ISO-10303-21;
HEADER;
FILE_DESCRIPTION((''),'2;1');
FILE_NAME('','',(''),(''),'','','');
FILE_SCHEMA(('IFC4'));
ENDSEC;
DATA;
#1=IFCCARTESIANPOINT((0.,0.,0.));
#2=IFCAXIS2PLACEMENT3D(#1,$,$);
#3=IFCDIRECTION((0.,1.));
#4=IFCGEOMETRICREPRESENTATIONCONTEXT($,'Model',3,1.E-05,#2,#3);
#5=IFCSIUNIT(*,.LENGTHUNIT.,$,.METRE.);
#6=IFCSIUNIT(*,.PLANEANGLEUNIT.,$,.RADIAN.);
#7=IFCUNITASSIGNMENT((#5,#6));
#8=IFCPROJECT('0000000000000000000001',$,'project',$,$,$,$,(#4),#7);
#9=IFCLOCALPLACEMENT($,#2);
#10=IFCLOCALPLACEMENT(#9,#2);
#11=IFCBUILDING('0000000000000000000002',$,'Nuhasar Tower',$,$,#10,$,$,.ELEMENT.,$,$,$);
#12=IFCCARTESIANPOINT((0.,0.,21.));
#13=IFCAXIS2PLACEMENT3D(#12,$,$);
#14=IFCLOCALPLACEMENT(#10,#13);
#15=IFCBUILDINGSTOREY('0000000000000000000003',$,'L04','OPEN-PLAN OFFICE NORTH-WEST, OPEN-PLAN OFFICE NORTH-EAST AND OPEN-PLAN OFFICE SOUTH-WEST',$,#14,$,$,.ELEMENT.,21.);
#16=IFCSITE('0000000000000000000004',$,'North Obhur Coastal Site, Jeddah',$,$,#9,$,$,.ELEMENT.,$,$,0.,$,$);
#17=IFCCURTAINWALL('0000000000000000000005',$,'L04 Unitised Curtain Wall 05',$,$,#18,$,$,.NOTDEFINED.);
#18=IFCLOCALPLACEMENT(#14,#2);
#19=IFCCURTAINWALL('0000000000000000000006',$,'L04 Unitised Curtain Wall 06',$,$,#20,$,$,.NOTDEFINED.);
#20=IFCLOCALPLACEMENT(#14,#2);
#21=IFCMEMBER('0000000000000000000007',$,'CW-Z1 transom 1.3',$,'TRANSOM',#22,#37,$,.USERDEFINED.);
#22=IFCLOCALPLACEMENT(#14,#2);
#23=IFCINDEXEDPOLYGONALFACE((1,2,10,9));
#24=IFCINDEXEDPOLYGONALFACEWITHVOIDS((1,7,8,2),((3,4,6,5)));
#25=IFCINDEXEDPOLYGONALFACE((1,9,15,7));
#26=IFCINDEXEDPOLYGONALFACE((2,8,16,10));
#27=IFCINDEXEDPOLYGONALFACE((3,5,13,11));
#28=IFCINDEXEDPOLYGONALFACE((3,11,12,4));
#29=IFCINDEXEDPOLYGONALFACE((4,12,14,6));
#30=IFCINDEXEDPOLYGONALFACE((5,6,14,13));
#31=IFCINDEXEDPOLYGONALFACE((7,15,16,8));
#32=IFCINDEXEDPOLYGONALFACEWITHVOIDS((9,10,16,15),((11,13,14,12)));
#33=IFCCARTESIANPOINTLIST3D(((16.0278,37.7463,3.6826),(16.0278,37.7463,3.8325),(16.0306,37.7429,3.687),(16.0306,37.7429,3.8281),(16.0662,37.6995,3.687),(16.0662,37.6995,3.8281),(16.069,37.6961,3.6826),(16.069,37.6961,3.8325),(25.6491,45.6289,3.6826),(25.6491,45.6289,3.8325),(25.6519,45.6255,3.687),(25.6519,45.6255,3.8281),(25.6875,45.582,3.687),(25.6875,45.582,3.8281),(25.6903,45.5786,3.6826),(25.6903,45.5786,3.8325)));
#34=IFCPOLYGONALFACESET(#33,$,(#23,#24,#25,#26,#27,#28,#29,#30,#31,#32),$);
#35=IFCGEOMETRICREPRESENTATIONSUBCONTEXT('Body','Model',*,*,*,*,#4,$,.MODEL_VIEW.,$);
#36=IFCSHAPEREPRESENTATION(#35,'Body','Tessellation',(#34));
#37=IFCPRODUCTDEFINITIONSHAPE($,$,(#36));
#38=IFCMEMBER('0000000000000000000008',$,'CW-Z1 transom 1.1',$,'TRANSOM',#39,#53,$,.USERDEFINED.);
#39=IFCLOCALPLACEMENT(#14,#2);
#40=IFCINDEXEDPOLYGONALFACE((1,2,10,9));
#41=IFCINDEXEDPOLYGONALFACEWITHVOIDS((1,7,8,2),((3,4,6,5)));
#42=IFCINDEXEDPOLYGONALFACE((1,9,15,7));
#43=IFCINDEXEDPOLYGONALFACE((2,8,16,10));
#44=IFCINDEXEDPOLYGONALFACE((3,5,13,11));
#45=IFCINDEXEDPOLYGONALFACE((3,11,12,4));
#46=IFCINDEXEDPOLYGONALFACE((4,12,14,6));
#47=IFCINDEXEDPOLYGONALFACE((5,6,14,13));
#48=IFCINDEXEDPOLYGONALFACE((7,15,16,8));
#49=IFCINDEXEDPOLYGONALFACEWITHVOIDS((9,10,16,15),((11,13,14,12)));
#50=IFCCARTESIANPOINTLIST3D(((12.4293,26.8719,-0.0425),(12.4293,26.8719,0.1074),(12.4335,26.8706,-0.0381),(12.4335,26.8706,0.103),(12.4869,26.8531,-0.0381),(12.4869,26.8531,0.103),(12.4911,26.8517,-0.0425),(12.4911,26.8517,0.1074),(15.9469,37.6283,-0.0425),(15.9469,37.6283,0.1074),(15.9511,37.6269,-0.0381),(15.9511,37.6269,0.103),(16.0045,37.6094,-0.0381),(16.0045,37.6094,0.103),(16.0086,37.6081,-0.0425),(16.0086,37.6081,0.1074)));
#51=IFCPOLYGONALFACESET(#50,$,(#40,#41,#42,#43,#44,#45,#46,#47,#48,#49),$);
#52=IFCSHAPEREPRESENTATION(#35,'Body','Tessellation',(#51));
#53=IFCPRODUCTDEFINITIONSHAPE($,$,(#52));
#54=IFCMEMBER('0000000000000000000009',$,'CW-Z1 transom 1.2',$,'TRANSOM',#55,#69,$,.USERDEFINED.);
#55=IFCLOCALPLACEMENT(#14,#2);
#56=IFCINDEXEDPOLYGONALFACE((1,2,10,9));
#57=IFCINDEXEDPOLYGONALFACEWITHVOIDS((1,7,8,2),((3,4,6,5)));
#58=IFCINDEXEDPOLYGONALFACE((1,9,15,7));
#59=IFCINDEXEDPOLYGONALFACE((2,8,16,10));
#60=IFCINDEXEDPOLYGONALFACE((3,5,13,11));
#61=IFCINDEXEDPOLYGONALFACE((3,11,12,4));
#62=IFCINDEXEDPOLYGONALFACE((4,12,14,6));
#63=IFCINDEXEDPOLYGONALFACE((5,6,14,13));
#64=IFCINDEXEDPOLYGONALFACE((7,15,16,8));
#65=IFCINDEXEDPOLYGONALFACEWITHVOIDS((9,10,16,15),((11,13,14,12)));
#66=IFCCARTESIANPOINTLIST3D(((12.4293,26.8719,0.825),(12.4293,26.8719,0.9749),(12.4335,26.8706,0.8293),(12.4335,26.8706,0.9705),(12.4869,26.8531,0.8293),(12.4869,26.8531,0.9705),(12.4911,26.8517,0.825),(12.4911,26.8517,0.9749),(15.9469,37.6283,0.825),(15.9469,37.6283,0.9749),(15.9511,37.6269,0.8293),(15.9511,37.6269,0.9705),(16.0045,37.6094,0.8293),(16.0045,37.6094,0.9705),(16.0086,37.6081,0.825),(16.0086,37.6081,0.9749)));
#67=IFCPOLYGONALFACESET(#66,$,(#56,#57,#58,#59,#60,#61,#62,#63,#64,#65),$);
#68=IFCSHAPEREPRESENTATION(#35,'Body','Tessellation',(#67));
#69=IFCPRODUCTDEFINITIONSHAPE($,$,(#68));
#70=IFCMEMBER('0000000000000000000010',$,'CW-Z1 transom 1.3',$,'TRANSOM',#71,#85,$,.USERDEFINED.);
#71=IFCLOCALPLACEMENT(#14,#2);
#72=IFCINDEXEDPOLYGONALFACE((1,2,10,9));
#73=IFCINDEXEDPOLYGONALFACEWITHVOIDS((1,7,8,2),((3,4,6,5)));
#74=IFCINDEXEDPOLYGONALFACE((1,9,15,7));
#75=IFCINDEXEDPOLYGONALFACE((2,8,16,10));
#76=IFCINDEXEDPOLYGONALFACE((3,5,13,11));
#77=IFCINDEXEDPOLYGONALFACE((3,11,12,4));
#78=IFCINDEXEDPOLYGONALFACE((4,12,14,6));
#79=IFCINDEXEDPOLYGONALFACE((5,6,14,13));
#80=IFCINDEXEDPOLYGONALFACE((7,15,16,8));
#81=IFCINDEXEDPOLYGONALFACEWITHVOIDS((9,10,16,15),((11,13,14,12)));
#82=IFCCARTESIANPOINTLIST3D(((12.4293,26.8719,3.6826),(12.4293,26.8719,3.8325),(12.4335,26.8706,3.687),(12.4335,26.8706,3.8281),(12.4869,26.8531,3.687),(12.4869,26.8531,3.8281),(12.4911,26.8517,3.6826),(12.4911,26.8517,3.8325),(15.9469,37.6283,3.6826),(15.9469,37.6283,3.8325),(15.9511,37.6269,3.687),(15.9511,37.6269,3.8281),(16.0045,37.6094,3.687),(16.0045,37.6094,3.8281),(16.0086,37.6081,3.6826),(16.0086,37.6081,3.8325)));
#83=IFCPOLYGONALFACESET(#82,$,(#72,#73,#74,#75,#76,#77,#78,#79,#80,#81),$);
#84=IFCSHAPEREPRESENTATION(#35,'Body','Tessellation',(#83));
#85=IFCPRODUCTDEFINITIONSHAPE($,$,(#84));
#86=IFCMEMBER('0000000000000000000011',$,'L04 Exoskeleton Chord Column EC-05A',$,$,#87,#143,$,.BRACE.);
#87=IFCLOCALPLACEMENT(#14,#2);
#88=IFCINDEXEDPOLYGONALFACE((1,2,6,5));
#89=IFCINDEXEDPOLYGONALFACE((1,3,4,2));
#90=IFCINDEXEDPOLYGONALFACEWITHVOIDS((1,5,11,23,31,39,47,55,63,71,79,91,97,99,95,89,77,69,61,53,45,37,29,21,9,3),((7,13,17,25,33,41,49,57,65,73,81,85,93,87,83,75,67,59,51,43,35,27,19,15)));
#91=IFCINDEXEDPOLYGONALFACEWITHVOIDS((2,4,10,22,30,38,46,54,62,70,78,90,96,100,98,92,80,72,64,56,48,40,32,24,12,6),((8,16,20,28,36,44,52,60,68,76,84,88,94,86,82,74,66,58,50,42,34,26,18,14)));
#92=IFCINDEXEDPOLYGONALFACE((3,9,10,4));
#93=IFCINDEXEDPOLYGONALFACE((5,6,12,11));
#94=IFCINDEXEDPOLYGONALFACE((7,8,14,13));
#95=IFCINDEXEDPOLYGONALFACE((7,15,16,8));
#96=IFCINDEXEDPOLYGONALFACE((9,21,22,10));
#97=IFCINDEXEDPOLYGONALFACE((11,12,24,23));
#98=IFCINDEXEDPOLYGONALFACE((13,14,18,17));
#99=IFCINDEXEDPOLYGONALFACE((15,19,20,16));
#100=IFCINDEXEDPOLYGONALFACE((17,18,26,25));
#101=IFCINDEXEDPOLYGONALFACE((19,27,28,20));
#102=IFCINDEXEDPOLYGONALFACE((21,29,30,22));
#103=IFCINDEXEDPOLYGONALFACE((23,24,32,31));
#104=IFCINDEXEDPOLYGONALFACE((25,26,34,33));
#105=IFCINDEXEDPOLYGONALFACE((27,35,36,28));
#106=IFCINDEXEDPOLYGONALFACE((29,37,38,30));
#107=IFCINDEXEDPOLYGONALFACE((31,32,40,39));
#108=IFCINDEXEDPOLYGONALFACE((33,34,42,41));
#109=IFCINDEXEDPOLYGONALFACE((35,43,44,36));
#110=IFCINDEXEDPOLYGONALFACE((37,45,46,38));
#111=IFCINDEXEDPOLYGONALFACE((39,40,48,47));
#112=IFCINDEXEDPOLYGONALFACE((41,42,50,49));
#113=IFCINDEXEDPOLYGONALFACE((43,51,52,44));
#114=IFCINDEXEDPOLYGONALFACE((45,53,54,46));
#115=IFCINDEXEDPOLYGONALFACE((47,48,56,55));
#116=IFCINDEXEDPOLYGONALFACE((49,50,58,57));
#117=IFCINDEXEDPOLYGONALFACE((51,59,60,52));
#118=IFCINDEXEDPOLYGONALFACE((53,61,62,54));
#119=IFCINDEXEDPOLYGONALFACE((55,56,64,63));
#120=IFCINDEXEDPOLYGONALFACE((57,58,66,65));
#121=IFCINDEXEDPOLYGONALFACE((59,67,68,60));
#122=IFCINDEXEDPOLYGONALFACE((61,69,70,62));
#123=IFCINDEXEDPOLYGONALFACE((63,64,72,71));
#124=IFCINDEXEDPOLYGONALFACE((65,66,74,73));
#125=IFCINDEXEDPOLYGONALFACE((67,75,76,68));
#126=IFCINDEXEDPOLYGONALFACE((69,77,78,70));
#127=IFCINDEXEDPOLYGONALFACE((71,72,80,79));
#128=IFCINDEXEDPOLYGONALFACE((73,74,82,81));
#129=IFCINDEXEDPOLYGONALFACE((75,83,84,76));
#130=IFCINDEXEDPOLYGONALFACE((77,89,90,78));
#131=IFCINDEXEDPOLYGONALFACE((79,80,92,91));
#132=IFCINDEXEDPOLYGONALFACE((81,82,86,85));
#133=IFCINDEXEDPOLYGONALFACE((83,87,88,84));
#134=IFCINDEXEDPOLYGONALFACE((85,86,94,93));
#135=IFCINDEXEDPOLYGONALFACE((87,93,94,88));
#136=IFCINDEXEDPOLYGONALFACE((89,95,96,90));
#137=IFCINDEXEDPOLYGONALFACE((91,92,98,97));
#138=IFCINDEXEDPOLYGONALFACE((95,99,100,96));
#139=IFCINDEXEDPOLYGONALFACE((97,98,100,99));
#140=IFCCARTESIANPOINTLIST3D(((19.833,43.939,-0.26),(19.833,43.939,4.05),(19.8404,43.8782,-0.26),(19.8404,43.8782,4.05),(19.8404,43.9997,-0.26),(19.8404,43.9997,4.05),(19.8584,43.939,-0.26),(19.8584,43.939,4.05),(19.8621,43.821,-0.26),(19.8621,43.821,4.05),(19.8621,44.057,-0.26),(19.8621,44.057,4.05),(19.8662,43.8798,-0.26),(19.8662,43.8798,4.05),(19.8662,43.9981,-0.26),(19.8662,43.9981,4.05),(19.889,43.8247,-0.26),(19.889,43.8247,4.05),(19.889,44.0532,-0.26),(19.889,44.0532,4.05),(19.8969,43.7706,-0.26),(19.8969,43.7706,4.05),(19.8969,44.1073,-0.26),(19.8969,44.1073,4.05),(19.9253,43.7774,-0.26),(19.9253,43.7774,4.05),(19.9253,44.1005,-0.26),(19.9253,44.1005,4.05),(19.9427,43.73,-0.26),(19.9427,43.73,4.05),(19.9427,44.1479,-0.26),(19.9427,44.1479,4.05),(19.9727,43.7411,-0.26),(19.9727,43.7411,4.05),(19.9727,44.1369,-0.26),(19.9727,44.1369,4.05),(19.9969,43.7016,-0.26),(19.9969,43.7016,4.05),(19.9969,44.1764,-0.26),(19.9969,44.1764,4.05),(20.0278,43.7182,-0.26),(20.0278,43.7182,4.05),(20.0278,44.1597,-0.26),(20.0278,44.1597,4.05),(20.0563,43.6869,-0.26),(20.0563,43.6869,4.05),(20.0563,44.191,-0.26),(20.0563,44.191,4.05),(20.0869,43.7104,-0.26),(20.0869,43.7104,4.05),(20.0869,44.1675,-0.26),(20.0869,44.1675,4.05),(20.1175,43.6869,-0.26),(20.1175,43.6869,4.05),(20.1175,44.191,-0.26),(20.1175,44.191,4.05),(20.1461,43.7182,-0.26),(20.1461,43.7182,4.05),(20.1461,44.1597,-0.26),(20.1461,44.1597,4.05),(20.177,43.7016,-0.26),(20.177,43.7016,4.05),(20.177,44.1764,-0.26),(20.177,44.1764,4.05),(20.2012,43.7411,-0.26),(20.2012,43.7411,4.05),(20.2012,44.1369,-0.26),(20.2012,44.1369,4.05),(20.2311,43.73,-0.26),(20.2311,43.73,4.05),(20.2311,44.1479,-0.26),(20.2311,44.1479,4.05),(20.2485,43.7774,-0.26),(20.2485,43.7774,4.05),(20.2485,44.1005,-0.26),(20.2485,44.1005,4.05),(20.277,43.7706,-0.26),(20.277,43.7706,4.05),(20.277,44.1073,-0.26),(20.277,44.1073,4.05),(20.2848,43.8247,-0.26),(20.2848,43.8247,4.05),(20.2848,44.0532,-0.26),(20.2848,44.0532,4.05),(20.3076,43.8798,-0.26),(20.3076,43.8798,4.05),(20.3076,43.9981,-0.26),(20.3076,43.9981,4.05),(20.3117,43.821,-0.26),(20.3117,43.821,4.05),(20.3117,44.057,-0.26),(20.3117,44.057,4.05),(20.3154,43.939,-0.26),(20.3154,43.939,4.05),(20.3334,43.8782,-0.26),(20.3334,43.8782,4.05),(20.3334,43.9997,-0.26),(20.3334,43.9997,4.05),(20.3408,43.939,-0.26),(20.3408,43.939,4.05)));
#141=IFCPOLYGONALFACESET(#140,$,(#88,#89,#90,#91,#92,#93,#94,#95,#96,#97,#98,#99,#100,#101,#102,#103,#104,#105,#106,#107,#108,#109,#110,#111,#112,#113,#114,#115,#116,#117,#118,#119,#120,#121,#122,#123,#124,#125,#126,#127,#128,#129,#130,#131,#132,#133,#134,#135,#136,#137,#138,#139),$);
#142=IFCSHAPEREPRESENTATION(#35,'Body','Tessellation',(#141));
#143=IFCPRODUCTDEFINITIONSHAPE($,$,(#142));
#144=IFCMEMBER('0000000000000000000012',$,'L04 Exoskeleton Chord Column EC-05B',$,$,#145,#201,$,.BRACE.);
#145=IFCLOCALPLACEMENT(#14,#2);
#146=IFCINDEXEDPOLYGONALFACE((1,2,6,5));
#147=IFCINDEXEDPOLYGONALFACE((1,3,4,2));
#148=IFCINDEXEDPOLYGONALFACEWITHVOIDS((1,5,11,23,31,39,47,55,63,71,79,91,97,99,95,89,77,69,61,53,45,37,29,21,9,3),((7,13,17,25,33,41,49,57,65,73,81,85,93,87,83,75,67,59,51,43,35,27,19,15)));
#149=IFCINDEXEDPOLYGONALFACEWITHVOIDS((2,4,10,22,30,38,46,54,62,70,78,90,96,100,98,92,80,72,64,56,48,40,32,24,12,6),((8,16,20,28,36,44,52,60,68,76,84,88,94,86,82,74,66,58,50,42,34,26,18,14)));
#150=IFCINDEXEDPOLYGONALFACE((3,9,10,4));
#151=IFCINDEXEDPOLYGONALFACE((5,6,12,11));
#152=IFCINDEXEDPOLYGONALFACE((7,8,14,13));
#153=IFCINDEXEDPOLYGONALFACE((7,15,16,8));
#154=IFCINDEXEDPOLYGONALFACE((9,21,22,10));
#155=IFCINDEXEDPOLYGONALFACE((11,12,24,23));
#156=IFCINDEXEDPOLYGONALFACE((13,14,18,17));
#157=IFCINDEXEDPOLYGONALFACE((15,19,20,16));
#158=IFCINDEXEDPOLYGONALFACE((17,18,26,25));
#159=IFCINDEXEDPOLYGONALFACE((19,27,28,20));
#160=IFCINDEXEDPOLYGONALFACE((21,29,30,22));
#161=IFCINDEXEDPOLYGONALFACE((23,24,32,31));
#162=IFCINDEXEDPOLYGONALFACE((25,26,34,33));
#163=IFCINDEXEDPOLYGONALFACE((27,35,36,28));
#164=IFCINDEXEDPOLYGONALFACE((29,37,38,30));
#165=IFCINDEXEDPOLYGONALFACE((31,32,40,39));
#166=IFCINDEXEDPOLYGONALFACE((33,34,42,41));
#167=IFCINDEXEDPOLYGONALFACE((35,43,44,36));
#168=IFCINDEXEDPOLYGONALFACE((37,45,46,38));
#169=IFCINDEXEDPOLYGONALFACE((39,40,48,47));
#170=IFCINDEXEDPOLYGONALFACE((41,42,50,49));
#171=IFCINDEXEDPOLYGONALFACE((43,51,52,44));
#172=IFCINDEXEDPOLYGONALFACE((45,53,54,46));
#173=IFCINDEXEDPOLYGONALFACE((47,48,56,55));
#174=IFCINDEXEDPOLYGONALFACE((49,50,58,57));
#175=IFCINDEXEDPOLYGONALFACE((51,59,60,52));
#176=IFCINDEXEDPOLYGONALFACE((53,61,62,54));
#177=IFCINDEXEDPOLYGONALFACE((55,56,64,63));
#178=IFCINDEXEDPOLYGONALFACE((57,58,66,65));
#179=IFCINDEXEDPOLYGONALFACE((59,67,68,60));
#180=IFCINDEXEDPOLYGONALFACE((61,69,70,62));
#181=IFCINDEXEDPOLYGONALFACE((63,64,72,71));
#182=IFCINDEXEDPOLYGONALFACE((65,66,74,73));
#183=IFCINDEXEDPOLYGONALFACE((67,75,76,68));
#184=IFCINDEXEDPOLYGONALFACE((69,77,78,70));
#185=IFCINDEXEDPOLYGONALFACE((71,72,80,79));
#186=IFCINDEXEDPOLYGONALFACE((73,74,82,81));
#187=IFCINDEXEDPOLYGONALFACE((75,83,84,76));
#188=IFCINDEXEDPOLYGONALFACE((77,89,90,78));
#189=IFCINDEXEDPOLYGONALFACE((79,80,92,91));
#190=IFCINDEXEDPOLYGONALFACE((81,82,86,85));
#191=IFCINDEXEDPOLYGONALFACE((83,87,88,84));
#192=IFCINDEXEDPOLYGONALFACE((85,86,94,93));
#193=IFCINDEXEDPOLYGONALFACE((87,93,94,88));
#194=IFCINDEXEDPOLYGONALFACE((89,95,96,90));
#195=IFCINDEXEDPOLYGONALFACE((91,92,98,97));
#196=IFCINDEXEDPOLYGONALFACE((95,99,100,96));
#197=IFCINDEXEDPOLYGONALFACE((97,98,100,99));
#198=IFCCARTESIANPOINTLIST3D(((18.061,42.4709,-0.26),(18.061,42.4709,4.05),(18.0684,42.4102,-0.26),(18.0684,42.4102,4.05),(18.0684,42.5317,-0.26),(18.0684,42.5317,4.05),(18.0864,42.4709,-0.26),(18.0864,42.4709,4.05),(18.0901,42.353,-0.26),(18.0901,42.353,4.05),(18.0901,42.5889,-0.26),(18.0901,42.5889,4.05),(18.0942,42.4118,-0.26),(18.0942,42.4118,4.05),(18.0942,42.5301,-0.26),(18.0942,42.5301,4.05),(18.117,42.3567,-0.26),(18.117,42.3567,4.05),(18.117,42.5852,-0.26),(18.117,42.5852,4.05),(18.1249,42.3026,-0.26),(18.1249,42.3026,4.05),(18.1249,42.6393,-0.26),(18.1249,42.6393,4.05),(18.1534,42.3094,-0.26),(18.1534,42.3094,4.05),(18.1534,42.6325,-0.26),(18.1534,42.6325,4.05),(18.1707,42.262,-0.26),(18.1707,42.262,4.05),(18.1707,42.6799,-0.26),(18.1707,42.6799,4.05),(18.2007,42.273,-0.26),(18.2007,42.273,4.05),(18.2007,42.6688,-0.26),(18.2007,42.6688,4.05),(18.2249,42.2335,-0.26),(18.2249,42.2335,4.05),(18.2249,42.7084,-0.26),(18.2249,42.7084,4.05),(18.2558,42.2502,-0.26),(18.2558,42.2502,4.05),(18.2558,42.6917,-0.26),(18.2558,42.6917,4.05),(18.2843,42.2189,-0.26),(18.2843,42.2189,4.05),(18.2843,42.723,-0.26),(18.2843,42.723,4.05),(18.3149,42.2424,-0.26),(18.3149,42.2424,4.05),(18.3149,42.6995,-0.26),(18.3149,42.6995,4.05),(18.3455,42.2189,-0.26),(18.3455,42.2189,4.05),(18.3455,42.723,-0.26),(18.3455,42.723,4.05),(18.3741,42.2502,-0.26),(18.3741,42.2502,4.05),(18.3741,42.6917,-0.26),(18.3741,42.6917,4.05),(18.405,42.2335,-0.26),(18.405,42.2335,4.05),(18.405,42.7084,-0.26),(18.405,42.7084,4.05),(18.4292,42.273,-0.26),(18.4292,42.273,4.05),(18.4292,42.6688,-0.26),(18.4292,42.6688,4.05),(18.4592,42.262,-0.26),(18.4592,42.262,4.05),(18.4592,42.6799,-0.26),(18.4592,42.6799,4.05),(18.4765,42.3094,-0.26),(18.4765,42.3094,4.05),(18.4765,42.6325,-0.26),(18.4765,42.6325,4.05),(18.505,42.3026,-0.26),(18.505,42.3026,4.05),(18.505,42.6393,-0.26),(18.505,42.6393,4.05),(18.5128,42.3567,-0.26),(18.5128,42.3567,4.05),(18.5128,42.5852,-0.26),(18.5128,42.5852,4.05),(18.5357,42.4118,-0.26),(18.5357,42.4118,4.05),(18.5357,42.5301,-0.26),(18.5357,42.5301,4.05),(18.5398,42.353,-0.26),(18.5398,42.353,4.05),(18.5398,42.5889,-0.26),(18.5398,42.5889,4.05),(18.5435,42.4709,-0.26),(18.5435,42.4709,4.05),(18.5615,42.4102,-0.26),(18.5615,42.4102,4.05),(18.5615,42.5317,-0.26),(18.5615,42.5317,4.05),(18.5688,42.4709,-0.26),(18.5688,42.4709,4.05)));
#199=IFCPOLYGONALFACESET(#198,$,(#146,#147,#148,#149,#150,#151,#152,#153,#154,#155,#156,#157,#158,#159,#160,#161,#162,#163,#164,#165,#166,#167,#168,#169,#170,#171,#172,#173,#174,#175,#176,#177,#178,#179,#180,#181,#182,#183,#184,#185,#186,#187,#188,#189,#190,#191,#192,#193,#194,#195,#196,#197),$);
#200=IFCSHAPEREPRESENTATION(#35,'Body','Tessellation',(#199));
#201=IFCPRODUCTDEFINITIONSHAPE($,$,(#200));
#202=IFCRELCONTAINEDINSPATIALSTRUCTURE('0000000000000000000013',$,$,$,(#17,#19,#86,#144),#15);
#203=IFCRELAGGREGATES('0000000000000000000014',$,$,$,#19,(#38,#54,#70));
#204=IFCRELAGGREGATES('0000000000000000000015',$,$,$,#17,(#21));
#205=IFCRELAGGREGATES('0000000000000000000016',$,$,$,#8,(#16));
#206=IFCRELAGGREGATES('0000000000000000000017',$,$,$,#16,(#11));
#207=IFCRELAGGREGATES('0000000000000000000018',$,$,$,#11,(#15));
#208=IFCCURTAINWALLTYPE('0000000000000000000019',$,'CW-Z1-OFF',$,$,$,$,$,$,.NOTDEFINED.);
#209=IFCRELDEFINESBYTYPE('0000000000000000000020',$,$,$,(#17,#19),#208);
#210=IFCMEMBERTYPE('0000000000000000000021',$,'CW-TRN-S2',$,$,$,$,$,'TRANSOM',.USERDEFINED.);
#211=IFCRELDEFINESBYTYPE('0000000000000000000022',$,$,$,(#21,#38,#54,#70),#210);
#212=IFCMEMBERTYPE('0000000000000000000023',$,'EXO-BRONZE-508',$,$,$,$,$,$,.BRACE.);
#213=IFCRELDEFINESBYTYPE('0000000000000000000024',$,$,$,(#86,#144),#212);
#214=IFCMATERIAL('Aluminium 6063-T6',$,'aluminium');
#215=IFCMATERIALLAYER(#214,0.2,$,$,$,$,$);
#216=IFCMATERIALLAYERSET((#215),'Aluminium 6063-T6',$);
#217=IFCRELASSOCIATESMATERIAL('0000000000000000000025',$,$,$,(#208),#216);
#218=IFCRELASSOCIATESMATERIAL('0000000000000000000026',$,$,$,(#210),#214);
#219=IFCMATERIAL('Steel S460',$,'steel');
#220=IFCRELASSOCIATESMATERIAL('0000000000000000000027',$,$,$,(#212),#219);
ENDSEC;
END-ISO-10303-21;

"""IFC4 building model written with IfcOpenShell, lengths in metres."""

from ifc_helpers import new_model, si_unit, direction, frame, origin, origin_2d, place, context, subcontext, project, spatial, hollow_rectangle, hollow_circle, extrude, material, layer, layer_set, material_profile, profile_set, type_object, element, aggregate, save


model = new_model("IFC4")

# Units and contexts
model_context = context("Model", 3, precision=1e-05, world=origin(), true_north=direction((0.0, 1.0)))
body_context = subcontext(model_context, "Body", "Model", "MODEL_VIEW")
ifc_project = project(units=[si_unit("LENGTHUNIT", "METRE"), si_unit("PLANEANGLEUNIT", "RADIAN")], contexts=[model_context])

# Site, building, storey
site_placement = place(None, origin())
site = spatial("IfcSite", under=ifc_project, at=site_placement, Name="North Obhur Coastal Site, Jeddah", CompositionType="ELEMENT", RefElevation=0.0)
building_placement = place(site_placement, origin())
building = spatial("IfcBuilding", under=site, at=building_placement, Name="Nuhasar Tower", CompositionType="ELEMENT")
storey_placement = place(building_placement, frame((0.0, 0.0, 21.0)))
storey = spatial("IfcBuildingStorey", under=building, at=storey_placement, Name="L04", Description="OPEN-PLAN OFFICE NORTH-WEST, OPEN-PLAN OFFICE NORTH-EAST AND OPEN-PLAN OFFICE SOUTH-WEST", CompositionType="ELEMENT", Elevation=21.0)

# Shared definitions
ifc_material_1 = material(Name="Steel S460", Category="steel")

# Shared definitions
ifc_material_2 = material(Name="Aluminium 6063-T6", Category="aluminium")
ifc_layer_1 = layer(ifc_material_2, 0.2)
ifc_layer_set_1 = layer_set([ifc_layer_1], Name="Aluminium 6063-T6")
curtain_wall_type = type_object("IfcCurtainWallType", Name="CW-Z1-OFF", PredefinedType="NOTDEFINED", material=ifc_layer_set_1)

# Curtain wall
curtain_wall_1_placement = place(storey_placement, origin())
curtain_wall_1 = element("IfcCurtainWall", 1, at=curtain_wall_1_placement, inside=storey, type_object=curtain_wall_type, Name="L04 Unitised Curtain Wall 05", PredefinedType="NOTDEFINED")

# Curtain wall
curtain_wall_2_placement = place(storey_placement, origin())
curtain_wall_2 = element("IfcCurtainWall", 2, at=curtain_wall_2_placement, inside=storey, type_object=curtain_wall_type, Name="L04 Unitised Curtain Wall 06", PredefinedType="NOTDEFINED")

# Members
ifc_material_profile_1 = material_profile(ifc_material_2, hollow_rectangle(XDim=0.0649, YDim=0.1499, WallThickness=0.0044, at=origin_2d()), Name="CWT-2")
ifc_profile_set_1 = profile_set([ifc_material_profile_1], Name="Aluminium 6063-T6")
member_type_1 = type_object("IfcMemberType", Name="CW-TRN-S2", ElementType="TRANSOM", PredefinedType="USERDEFINED", material=ifc_profile_set_1)
member_1_placement = place(storey_placement, frame((25.6697, 45.6038, 3.7576), z_axis=(-0.773541, -0.633746, 0.0), x_axis=(0.633746, -0.773541, 0.0)))
member_1 = element("IfcMember", 3, at=member_1_placement, type_object=member_type_1, Name="CW-Z1 transom 1.3", ObjectType="TRANSOM", PredefinedType="USERDEFINED", context=body_context, shape_type="SweptSolid", body=[
    extrude(hollow_rectangle(XDim=0.0649, YDim=0.1499, WallThickness=0.0044, at=origin_2d()), origin(), (0.0, 0.0, 1.0), 12.438),
])
member_2_placement = place(storey_placement, frame((15.9778, 37.6182, 0.0325), z_axis=(-0.310825, -0.950467, 0.0), x_axis=(0.950467, -0.310825, 0.0)))
member_2 = element("IfcMember", 4, at=member_2_placement, type_object=member_type_1, Name="CW-Z1 transom 1.1", ObjectType="TRANSOM", PredefinedType="USERDEFINED", context=body_context, shape_type="SweptSolid", body=[
    extrude(hollow_rectangle(XDim=0.0649, YDim=0.1499, WallThickness=0.0044, at=origin_2d()), origin(), (0.0, 0.0, 1.0), 11.3169),
])
member_3_placement = place(storey_placement, frame((15.9778, 37.6182, 0.8999), z_axis=(-0.310825, -0.950467, 0.0), x_axis=(0.950467, -0.310825, 0.0)))
member_3 = element("IfcMember", 5, at=member_3_placement, type_object=member_type_1, Name="CW-Z1 transom 1.2", ObjectType="TRANSOM", PredefinedType="USERDEFINED", context=body_context, shape_type="SweptSolid", body=[
    extrude(hollow_rectangle(XDim=0.0649, YDim=0.1499, WallThickness=0.0044, at=origin_2d()), origin(), (0.0, 0.0, 1.0), 11.3169),
])
member_4_placement = place(storey_placement, frame((15.9778, 37.6182, 3.7576), z_axis=(-0.310825, -0.950467, 0.0), x_axis=(0.950467, -0.310825, 0.0)))
member_4 = element("IfcMember", 6, at=member_4_placement, type_object=member_type_1, Name="CW-Z1 transom 1.3", ObjectType="TRANSOM", PredefinedType="USERDEFINED", context=body_context, shape_type="SweptSolid", body=[
    extrude(hollow_rectangle(XDim=0.0649, YDim=0.1499, WallThickness=0.0044, at=origin_2d()), origin(), (0.0, 0.0, 1.0), 11.3169),
])
aggregate(curtain_wall_2, [member_2, member_3, member_4])

# Members
ifc_material_profile_2 = material_profile(ifc_material_1, hollow_circle(Radius=0.2539, WallThickness=0.0254, at=origin_2d()), Name="HSS508X25.4")
ifc_profile_set_2 = profile_set([ifc_material_profile_2], Name="Steel S460")
member_type_2 = type_object("IfcMemberType", Name="EXO-BRONZE-508", PredefinedType="BRACE", material=ifc_profile_set_2)
for number, where, z_axis, x_axis, name in (
    (7, (20.0869, 43.939, -0.26), (0.0, 0.0, 1.0), (1.0, 0.0, 0.0), "L04 Exoskeleton Chord Column EC-05A"),
    (8, (18.3149, 42.4709, -0.26), (0.0, 0.0, 1.0), (1.0, 0.0, 0.0), "L04 Exoskeleton Chord Column EC-05B"),
):
    element("IfcMember", number, at=place(storey_placement, frame(where, z_axis=z_axis, x_axis=x_axis)), inside=storey, type_object=member_type_2, Name=name, PredefinedType="BRACE", context=body_context, shape_type="SweptSolid", body=[
        extrude(hollow_circle(Radius=0.2539, WallThickness=0.0254, at=origin_2d()), origin(), (0.0, 0.0, 1.0), 4.3101),
    ])

aggregate(curtain_wall_1, [member_1])

save(model, "model.ifc")
